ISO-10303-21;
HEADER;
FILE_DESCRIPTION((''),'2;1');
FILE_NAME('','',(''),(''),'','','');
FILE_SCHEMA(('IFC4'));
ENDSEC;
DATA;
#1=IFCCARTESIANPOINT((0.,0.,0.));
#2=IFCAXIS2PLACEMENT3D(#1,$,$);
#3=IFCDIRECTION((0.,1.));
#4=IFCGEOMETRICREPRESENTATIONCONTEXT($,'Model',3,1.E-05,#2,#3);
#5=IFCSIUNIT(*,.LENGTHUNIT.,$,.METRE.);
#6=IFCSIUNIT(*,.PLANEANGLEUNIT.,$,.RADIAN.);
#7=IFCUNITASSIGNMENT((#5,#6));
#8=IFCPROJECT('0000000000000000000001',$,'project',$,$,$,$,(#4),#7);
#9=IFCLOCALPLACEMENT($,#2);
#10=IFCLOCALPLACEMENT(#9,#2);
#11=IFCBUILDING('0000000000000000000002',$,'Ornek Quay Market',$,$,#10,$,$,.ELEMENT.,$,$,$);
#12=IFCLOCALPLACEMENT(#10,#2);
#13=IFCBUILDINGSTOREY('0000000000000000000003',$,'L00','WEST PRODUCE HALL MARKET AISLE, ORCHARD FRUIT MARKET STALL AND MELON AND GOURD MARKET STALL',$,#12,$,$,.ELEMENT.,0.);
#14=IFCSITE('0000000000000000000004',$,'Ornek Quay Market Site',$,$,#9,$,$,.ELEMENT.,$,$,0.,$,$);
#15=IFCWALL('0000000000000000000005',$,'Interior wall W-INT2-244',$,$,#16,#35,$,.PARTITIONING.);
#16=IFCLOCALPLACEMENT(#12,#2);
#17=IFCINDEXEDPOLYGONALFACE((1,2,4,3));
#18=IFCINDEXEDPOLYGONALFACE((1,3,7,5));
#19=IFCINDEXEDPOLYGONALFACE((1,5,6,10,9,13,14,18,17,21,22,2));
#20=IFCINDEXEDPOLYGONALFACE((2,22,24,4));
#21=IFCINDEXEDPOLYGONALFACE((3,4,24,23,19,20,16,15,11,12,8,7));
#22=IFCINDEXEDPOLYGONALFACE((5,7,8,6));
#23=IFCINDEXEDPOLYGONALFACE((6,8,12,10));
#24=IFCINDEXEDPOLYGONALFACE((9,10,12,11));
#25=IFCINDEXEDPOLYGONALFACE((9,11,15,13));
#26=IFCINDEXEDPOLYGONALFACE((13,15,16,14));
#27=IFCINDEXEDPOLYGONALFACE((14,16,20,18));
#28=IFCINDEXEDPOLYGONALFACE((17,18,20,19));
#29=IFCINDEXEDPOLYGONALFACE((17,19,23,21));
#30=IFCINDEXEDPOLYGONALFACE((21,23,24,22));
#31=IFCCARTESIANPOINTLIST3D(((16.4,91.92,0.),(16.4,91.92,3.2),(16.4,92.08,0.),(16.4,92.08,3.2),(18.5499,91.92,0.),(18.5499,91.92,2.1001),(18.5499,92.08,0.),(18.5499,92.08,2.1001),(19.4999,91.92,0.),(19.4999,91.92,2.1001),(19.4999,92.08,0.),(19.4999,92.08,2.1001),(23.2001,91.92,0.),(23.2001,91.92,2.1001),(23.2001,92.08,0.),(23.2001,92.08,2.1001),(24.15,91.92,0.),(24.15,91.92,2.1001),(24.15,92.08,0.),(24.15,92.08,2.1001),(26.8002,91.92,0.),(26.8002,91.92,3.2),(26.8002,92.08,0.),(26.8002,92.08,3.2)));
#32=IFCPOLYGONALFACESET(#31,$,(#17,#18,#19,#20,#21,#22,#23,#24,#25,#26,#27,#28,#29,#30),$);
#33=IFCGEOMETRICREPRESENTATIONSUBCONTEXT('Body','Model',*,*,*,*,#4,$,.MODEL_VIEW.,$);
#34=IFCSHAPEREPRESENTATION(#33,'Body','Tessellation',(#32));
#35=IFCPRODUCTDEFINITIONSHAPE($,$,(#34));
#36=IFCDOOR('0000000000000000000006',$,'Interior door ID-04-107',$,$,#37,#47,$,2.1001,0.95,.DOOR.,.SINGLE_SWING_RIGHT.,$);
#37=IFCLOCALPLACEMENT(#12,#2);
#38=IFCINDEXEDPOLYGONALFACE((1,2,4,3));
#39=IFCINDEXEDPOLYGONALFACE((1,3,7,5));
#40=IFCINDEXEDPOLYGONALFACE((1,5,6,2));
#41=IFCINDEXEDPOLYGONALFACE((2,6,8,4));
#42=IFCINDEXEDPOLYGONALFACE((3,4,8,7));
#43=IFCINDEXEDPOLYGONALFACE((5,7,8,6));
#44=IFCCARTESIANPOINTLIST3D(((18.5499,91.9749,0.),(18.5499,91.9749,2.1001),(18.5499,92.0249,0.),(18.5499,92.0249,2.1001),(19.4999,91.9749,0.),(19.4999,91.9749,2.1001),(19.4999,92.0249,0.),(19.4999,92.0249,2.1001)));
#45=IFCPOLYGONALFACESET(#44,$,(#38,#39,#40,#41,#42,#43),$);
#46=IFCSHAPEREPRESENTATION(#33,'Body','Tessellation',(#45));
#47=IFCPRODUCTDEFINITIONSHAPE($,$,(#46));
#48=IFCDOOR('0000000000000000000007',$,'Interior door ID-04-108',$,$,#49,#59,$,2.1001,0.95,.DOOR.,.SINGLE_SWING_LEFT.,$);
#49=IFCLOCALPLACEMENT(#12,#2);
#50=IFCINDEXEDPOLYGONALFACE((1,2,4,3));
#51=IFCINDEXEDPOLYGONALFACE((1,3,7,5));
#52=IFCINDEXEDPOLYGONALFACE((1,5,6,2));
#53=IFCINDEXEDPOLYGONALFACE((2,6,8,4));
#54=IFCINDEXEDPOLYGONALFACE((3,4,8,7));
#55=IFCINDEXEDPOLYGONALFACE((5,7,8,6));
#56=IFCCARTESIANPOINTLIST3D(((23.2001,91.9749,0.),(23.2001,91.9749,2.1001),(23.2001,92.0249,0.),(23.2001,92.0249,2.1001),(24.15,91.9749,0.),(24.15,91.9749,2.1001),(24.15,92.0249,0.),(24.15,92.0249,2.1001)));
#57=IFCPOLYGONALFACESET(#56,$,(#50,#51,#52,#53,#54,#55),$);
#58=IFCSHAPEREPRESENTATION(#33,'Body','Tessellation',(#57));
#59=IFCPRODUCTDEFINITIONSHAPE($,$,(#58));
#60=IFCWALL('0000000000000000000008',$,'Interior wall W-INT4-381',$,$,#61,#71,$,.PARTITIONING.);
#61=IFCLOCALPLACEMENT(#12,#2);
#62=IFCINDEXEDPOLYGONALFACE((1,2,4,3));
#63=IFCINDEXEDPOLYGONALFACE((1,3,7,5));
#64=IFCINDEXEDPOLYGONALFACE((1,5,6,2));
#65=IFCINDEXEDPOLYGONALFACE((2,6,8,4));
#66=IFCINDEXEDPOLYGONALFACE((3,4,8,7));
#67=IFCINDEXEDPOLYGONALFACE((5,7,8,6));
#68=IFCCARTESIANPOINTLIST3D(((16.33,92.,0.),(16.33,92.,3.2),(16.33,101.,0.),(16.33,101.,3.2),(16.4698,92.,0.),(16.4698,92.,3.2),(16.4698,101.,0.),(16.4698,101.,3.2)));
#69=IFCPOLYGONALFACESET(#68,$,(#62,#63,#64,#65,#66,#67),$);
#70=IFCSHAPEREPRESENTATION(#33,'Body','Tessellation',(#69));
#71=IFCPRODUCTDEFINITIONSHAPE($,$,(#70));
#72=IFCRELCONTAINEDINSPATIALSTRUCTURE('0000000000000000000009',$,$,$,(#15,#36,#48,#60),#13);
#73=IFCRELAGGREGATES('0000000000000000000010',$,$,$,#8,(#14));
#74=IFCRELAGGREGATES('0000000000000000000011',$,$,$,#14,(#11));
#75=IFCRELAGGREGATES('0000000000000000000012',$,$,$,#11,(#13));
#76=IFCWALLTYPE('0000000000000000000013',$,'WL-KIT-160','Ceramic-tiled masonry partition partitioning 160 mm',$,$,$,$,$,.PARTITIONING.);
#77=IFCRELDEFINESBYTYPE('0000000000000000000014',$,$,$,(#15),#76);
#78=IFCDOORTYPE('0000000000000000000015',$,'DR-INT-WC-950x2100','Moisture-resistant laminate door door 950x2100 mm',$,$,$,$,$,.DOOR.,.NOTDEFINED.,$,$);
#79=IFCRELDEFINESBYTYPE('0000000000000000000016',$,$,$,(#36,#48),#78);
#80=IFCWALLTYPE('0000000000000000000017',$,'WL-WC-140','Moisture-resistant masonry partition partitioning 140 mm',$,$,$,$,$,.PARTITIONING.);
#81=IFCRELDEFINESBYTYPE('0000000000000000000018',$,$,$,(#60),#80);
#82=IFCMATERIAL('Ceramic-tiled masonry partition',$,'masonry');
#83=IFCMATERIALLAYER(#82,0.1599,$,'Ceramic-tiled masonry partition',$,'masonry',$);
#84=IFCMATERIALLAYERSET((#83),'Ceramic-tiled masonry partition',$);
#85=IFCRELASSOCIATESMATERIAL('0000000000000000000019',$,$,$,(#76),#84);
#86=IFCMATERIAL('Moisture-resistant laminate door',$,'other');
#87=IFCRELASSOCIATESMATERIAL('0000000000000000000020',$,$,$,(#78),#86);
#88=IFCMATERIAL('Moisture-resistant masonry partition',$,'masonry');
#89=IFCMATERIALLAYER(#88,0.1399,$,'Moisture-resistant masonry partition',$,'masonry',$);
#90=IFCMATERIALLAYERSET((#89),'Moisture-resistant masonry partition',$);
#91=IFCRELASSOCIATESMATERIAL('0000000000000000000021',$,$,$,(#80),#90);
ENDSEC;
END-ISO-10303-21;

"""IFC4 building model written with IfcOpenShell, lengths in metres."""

from ifc_helpers import new_model, si_unit, direction, frame, frame_2d, origin, place, context, subcontext, project, spatial, rectangle, extrude, material, layer, layer_set, type_object, element, fill, save


model = new_model("IFC4")

# Units and contexts
model_context = context("Model", 3, precision=1e-05, world=origin(), true_north=direction((0.0, 1.0)))
body_context = subcontext(model_context, "Body", "Model", "MODEL_VIEW")
ifc_project = project(units=[si_unit("LENGTHUNIT", "METRE"), si_unit("PLANEANGLEUNIT", "RADIAN")], contexts=[model_context])

# Site, building, storey
site_placement = place(None, origin())
site = spatial("IfcSite", under=ifc_project, at=site_placement, Name="Ornek Quay Market Site", CompositionType="ELEMENT", RefElevation=0.0)
building_placement = place(site_placement, origin())
building = spatial("IfcBuilding", under=site, at=building_placement, Name="Ornek Quay Market", CompositionType="ELEMENT")
storey_placement = place(building_placement, origin())
storey = spatial("IfcBuildingStorey", under=building, at=storey_placement, Name="L00", Description="WEST PRODUCE HALL MARKET AISLE, ORCHARD FRUIT MARKET STALL AND MELON AND GOURD MARKET STALL", CompositionType="ELEMENT", Elevation=0.0)

# Wall, openings, doors
ifc_material_1 = material(Name="Ceramic-tiled masonry partition", Category="masonry")
ifc_layer_1 = layer(ifc_material_1, 0.1599, Name="Ceramic-tiled masonry partition", Category="masonry")
ifc_layer_set_1 = layer_set([ifc_layer_1], Name="Ceramic-tiled masonry partition")
wall_type_1 = type_object("IfcWallType", Name="WL-KIT-160", Description="Ceramic-tiled masonry partition partitioning 160 mm", PredefinedType="PARTITIONING", material=ifc_layer_set_1)
wall_1_placement = place(storey_placement, frame((16.3999, 92.0, 0.0), z_axis=(0.0, 0.0, 1.0), x_axis=(1.0, 0.0, 0.0)))
wall_1 = element("IfcWall", 1, at=wall_1_placement, inside=storey, type_object=wall_type_1, Name="Interior wall W-INT2-244", PredefinedType="PARTITIONING", context=body_context, shape_type="SweptSolid", body=[
    extrude(rectangle(XDim=10.4001, YDim=0.1599, at=frame_2d((5.2002, 0.0))), origin(), (0.0, 0.0, 1.0), 3.2),
])
opening_1_placement = place(wall_1_placement, frame((2.1499, 0.0, 0.0)))
opening_1 = element("IfcOpeningElement", 2, at=opening_1_placement, cuts=wall_1, PredefinedType="OPENING", context=body_context, shape_type="SweptSolid", body=[
    extrude(rectangle(XDim=0.95, YDim=2.1001, at=frame_2d((0.4751, 1.05))), frame((0.0, 0.0898, 0.0), z_axis=(0.0, -1.0, 0.0), x_axis=(1.0, 0.0, 0.0)), (0.0, 0.0, 1.0), 0.1799),
])
opening_2_placement = place(wall_1_placement, frame((6.8, 0.0, 0.0)))
opening_2 = element("IfcOpeningElement", 3, at=opening_2_placement, cuts=wall_1, PredefinedType="OPENING", context=body_context, shape_type="SweptSolid", body=[
    extrude(rectangle(XDim=0.95, YDim=2.1001, at=frame_2d((0.4751, 1.05))), frame((0.0, 0.0898, 0.0), z_axis=(0.0, -1.0, 0.0), x_axis=(1.0, 0.0, 0.0)), (0.0, 0.0, 1.0), 0.1799),
])
ifc_material_2 = material(Name="Moisture-resistant laminate door", Category="other")
door_type = type_object("IfcDoorType", Name="DR-INT-WC-950x2100", Description="Moisture-resistant laminate door door 950x2100 mm", OperationType="NOTDEFINED", PredefinedType="DOOR", material=ifc_material_2)
door_1_placement = place(opening_1_placement, origin())
door_1 = element("IfcDoor", 4, at=door_1_placement, inside=storey, type_object=door_type, Name="Interior door ID-04-107", OperationType="SINGLE_SWING_RIGHT", OverallHeight=2.1001, OverallWidth=0.95, PredefinedType="DOOR", context=body_context, shape_type="SweptSolid", body=[
    extrude(rectangle(XDim=0.95, YDim=2.1001, at=frame_2d((0.4751, 1.05))), frame((0.0, 0.0249, 0.0), z_axis=(0.0, -1.0, 0.0), x_axis=(1.0, 0.0, 0.0)), (0.0, 0.0, 1.0), 0.05),
])
fill(opening_1, door_1)
door_2_placement = place(opening_2_placement, origin())
door_2 = element("IfcDoor", 5, at=door_2_placement, inside=storey, type_object=door_type, Name="Interior door ID-04-108", OperationType="SINGLE_SWING_LEFT", OverallHeight=2.1001, OverallWidth=0.95, PredefinedType="DOOR", context=body_context, shape_type="SweptSolid", body=[
    extrude(rectangle(XDim=0.95, YDim=2.1001, at=frame_2d((0.4751, 1.05))), frame((0.0, 0.0249, 0.0), z_axis=(0.0, -1.0, 0.0), x_axis=(1.0, 0.0, 0.0)), (0.0, 0.0, 1.0), 0.05),
])
fill(opening_2, door_2)

# Wall
ifc_material_3 = material(Name="Moisture-resistant masonry partition", Category="masonry")
ifc_layer_2 = layer(ifc_material_3, 0.1399, Name="Moisture-resistant masonry partition", Category="masonry")
ifc_layer_set_2 = layer_set([ifc_layer_2], Name="Moisture-resistant masonry partition")
wall_type_2 = type_object("IfcWallType", Name="WL-WC-140", Description="Moisture-resistant masonry partition partitioning 140 mm", PredefinedType="PARTITIONING", material=ifc_layer_set_2)
wall_2_placement = place(storey_placement, frame((16.3999, 92.0, 0.0), z_axis=(0.0, 0.0, 1.0), x_axis=(0.0, 1.0, 0.0)))
element("IfcWall", 6, at=wall_2_placement, inside=storey, type_object=wall_type_2, Name="Interior wall W-INT4-381", PredefinedType="PARTITIONING", context=body_context, shape_type="SweptSolid", body=[
    extrude(rectangle(XDim=9.0, YDim=0.1399, at=frame_2d((4.5, 0.0))), origin(), (0.0, 0.0, 1.0), 3.2),
])

save(model, "model.ifc")
